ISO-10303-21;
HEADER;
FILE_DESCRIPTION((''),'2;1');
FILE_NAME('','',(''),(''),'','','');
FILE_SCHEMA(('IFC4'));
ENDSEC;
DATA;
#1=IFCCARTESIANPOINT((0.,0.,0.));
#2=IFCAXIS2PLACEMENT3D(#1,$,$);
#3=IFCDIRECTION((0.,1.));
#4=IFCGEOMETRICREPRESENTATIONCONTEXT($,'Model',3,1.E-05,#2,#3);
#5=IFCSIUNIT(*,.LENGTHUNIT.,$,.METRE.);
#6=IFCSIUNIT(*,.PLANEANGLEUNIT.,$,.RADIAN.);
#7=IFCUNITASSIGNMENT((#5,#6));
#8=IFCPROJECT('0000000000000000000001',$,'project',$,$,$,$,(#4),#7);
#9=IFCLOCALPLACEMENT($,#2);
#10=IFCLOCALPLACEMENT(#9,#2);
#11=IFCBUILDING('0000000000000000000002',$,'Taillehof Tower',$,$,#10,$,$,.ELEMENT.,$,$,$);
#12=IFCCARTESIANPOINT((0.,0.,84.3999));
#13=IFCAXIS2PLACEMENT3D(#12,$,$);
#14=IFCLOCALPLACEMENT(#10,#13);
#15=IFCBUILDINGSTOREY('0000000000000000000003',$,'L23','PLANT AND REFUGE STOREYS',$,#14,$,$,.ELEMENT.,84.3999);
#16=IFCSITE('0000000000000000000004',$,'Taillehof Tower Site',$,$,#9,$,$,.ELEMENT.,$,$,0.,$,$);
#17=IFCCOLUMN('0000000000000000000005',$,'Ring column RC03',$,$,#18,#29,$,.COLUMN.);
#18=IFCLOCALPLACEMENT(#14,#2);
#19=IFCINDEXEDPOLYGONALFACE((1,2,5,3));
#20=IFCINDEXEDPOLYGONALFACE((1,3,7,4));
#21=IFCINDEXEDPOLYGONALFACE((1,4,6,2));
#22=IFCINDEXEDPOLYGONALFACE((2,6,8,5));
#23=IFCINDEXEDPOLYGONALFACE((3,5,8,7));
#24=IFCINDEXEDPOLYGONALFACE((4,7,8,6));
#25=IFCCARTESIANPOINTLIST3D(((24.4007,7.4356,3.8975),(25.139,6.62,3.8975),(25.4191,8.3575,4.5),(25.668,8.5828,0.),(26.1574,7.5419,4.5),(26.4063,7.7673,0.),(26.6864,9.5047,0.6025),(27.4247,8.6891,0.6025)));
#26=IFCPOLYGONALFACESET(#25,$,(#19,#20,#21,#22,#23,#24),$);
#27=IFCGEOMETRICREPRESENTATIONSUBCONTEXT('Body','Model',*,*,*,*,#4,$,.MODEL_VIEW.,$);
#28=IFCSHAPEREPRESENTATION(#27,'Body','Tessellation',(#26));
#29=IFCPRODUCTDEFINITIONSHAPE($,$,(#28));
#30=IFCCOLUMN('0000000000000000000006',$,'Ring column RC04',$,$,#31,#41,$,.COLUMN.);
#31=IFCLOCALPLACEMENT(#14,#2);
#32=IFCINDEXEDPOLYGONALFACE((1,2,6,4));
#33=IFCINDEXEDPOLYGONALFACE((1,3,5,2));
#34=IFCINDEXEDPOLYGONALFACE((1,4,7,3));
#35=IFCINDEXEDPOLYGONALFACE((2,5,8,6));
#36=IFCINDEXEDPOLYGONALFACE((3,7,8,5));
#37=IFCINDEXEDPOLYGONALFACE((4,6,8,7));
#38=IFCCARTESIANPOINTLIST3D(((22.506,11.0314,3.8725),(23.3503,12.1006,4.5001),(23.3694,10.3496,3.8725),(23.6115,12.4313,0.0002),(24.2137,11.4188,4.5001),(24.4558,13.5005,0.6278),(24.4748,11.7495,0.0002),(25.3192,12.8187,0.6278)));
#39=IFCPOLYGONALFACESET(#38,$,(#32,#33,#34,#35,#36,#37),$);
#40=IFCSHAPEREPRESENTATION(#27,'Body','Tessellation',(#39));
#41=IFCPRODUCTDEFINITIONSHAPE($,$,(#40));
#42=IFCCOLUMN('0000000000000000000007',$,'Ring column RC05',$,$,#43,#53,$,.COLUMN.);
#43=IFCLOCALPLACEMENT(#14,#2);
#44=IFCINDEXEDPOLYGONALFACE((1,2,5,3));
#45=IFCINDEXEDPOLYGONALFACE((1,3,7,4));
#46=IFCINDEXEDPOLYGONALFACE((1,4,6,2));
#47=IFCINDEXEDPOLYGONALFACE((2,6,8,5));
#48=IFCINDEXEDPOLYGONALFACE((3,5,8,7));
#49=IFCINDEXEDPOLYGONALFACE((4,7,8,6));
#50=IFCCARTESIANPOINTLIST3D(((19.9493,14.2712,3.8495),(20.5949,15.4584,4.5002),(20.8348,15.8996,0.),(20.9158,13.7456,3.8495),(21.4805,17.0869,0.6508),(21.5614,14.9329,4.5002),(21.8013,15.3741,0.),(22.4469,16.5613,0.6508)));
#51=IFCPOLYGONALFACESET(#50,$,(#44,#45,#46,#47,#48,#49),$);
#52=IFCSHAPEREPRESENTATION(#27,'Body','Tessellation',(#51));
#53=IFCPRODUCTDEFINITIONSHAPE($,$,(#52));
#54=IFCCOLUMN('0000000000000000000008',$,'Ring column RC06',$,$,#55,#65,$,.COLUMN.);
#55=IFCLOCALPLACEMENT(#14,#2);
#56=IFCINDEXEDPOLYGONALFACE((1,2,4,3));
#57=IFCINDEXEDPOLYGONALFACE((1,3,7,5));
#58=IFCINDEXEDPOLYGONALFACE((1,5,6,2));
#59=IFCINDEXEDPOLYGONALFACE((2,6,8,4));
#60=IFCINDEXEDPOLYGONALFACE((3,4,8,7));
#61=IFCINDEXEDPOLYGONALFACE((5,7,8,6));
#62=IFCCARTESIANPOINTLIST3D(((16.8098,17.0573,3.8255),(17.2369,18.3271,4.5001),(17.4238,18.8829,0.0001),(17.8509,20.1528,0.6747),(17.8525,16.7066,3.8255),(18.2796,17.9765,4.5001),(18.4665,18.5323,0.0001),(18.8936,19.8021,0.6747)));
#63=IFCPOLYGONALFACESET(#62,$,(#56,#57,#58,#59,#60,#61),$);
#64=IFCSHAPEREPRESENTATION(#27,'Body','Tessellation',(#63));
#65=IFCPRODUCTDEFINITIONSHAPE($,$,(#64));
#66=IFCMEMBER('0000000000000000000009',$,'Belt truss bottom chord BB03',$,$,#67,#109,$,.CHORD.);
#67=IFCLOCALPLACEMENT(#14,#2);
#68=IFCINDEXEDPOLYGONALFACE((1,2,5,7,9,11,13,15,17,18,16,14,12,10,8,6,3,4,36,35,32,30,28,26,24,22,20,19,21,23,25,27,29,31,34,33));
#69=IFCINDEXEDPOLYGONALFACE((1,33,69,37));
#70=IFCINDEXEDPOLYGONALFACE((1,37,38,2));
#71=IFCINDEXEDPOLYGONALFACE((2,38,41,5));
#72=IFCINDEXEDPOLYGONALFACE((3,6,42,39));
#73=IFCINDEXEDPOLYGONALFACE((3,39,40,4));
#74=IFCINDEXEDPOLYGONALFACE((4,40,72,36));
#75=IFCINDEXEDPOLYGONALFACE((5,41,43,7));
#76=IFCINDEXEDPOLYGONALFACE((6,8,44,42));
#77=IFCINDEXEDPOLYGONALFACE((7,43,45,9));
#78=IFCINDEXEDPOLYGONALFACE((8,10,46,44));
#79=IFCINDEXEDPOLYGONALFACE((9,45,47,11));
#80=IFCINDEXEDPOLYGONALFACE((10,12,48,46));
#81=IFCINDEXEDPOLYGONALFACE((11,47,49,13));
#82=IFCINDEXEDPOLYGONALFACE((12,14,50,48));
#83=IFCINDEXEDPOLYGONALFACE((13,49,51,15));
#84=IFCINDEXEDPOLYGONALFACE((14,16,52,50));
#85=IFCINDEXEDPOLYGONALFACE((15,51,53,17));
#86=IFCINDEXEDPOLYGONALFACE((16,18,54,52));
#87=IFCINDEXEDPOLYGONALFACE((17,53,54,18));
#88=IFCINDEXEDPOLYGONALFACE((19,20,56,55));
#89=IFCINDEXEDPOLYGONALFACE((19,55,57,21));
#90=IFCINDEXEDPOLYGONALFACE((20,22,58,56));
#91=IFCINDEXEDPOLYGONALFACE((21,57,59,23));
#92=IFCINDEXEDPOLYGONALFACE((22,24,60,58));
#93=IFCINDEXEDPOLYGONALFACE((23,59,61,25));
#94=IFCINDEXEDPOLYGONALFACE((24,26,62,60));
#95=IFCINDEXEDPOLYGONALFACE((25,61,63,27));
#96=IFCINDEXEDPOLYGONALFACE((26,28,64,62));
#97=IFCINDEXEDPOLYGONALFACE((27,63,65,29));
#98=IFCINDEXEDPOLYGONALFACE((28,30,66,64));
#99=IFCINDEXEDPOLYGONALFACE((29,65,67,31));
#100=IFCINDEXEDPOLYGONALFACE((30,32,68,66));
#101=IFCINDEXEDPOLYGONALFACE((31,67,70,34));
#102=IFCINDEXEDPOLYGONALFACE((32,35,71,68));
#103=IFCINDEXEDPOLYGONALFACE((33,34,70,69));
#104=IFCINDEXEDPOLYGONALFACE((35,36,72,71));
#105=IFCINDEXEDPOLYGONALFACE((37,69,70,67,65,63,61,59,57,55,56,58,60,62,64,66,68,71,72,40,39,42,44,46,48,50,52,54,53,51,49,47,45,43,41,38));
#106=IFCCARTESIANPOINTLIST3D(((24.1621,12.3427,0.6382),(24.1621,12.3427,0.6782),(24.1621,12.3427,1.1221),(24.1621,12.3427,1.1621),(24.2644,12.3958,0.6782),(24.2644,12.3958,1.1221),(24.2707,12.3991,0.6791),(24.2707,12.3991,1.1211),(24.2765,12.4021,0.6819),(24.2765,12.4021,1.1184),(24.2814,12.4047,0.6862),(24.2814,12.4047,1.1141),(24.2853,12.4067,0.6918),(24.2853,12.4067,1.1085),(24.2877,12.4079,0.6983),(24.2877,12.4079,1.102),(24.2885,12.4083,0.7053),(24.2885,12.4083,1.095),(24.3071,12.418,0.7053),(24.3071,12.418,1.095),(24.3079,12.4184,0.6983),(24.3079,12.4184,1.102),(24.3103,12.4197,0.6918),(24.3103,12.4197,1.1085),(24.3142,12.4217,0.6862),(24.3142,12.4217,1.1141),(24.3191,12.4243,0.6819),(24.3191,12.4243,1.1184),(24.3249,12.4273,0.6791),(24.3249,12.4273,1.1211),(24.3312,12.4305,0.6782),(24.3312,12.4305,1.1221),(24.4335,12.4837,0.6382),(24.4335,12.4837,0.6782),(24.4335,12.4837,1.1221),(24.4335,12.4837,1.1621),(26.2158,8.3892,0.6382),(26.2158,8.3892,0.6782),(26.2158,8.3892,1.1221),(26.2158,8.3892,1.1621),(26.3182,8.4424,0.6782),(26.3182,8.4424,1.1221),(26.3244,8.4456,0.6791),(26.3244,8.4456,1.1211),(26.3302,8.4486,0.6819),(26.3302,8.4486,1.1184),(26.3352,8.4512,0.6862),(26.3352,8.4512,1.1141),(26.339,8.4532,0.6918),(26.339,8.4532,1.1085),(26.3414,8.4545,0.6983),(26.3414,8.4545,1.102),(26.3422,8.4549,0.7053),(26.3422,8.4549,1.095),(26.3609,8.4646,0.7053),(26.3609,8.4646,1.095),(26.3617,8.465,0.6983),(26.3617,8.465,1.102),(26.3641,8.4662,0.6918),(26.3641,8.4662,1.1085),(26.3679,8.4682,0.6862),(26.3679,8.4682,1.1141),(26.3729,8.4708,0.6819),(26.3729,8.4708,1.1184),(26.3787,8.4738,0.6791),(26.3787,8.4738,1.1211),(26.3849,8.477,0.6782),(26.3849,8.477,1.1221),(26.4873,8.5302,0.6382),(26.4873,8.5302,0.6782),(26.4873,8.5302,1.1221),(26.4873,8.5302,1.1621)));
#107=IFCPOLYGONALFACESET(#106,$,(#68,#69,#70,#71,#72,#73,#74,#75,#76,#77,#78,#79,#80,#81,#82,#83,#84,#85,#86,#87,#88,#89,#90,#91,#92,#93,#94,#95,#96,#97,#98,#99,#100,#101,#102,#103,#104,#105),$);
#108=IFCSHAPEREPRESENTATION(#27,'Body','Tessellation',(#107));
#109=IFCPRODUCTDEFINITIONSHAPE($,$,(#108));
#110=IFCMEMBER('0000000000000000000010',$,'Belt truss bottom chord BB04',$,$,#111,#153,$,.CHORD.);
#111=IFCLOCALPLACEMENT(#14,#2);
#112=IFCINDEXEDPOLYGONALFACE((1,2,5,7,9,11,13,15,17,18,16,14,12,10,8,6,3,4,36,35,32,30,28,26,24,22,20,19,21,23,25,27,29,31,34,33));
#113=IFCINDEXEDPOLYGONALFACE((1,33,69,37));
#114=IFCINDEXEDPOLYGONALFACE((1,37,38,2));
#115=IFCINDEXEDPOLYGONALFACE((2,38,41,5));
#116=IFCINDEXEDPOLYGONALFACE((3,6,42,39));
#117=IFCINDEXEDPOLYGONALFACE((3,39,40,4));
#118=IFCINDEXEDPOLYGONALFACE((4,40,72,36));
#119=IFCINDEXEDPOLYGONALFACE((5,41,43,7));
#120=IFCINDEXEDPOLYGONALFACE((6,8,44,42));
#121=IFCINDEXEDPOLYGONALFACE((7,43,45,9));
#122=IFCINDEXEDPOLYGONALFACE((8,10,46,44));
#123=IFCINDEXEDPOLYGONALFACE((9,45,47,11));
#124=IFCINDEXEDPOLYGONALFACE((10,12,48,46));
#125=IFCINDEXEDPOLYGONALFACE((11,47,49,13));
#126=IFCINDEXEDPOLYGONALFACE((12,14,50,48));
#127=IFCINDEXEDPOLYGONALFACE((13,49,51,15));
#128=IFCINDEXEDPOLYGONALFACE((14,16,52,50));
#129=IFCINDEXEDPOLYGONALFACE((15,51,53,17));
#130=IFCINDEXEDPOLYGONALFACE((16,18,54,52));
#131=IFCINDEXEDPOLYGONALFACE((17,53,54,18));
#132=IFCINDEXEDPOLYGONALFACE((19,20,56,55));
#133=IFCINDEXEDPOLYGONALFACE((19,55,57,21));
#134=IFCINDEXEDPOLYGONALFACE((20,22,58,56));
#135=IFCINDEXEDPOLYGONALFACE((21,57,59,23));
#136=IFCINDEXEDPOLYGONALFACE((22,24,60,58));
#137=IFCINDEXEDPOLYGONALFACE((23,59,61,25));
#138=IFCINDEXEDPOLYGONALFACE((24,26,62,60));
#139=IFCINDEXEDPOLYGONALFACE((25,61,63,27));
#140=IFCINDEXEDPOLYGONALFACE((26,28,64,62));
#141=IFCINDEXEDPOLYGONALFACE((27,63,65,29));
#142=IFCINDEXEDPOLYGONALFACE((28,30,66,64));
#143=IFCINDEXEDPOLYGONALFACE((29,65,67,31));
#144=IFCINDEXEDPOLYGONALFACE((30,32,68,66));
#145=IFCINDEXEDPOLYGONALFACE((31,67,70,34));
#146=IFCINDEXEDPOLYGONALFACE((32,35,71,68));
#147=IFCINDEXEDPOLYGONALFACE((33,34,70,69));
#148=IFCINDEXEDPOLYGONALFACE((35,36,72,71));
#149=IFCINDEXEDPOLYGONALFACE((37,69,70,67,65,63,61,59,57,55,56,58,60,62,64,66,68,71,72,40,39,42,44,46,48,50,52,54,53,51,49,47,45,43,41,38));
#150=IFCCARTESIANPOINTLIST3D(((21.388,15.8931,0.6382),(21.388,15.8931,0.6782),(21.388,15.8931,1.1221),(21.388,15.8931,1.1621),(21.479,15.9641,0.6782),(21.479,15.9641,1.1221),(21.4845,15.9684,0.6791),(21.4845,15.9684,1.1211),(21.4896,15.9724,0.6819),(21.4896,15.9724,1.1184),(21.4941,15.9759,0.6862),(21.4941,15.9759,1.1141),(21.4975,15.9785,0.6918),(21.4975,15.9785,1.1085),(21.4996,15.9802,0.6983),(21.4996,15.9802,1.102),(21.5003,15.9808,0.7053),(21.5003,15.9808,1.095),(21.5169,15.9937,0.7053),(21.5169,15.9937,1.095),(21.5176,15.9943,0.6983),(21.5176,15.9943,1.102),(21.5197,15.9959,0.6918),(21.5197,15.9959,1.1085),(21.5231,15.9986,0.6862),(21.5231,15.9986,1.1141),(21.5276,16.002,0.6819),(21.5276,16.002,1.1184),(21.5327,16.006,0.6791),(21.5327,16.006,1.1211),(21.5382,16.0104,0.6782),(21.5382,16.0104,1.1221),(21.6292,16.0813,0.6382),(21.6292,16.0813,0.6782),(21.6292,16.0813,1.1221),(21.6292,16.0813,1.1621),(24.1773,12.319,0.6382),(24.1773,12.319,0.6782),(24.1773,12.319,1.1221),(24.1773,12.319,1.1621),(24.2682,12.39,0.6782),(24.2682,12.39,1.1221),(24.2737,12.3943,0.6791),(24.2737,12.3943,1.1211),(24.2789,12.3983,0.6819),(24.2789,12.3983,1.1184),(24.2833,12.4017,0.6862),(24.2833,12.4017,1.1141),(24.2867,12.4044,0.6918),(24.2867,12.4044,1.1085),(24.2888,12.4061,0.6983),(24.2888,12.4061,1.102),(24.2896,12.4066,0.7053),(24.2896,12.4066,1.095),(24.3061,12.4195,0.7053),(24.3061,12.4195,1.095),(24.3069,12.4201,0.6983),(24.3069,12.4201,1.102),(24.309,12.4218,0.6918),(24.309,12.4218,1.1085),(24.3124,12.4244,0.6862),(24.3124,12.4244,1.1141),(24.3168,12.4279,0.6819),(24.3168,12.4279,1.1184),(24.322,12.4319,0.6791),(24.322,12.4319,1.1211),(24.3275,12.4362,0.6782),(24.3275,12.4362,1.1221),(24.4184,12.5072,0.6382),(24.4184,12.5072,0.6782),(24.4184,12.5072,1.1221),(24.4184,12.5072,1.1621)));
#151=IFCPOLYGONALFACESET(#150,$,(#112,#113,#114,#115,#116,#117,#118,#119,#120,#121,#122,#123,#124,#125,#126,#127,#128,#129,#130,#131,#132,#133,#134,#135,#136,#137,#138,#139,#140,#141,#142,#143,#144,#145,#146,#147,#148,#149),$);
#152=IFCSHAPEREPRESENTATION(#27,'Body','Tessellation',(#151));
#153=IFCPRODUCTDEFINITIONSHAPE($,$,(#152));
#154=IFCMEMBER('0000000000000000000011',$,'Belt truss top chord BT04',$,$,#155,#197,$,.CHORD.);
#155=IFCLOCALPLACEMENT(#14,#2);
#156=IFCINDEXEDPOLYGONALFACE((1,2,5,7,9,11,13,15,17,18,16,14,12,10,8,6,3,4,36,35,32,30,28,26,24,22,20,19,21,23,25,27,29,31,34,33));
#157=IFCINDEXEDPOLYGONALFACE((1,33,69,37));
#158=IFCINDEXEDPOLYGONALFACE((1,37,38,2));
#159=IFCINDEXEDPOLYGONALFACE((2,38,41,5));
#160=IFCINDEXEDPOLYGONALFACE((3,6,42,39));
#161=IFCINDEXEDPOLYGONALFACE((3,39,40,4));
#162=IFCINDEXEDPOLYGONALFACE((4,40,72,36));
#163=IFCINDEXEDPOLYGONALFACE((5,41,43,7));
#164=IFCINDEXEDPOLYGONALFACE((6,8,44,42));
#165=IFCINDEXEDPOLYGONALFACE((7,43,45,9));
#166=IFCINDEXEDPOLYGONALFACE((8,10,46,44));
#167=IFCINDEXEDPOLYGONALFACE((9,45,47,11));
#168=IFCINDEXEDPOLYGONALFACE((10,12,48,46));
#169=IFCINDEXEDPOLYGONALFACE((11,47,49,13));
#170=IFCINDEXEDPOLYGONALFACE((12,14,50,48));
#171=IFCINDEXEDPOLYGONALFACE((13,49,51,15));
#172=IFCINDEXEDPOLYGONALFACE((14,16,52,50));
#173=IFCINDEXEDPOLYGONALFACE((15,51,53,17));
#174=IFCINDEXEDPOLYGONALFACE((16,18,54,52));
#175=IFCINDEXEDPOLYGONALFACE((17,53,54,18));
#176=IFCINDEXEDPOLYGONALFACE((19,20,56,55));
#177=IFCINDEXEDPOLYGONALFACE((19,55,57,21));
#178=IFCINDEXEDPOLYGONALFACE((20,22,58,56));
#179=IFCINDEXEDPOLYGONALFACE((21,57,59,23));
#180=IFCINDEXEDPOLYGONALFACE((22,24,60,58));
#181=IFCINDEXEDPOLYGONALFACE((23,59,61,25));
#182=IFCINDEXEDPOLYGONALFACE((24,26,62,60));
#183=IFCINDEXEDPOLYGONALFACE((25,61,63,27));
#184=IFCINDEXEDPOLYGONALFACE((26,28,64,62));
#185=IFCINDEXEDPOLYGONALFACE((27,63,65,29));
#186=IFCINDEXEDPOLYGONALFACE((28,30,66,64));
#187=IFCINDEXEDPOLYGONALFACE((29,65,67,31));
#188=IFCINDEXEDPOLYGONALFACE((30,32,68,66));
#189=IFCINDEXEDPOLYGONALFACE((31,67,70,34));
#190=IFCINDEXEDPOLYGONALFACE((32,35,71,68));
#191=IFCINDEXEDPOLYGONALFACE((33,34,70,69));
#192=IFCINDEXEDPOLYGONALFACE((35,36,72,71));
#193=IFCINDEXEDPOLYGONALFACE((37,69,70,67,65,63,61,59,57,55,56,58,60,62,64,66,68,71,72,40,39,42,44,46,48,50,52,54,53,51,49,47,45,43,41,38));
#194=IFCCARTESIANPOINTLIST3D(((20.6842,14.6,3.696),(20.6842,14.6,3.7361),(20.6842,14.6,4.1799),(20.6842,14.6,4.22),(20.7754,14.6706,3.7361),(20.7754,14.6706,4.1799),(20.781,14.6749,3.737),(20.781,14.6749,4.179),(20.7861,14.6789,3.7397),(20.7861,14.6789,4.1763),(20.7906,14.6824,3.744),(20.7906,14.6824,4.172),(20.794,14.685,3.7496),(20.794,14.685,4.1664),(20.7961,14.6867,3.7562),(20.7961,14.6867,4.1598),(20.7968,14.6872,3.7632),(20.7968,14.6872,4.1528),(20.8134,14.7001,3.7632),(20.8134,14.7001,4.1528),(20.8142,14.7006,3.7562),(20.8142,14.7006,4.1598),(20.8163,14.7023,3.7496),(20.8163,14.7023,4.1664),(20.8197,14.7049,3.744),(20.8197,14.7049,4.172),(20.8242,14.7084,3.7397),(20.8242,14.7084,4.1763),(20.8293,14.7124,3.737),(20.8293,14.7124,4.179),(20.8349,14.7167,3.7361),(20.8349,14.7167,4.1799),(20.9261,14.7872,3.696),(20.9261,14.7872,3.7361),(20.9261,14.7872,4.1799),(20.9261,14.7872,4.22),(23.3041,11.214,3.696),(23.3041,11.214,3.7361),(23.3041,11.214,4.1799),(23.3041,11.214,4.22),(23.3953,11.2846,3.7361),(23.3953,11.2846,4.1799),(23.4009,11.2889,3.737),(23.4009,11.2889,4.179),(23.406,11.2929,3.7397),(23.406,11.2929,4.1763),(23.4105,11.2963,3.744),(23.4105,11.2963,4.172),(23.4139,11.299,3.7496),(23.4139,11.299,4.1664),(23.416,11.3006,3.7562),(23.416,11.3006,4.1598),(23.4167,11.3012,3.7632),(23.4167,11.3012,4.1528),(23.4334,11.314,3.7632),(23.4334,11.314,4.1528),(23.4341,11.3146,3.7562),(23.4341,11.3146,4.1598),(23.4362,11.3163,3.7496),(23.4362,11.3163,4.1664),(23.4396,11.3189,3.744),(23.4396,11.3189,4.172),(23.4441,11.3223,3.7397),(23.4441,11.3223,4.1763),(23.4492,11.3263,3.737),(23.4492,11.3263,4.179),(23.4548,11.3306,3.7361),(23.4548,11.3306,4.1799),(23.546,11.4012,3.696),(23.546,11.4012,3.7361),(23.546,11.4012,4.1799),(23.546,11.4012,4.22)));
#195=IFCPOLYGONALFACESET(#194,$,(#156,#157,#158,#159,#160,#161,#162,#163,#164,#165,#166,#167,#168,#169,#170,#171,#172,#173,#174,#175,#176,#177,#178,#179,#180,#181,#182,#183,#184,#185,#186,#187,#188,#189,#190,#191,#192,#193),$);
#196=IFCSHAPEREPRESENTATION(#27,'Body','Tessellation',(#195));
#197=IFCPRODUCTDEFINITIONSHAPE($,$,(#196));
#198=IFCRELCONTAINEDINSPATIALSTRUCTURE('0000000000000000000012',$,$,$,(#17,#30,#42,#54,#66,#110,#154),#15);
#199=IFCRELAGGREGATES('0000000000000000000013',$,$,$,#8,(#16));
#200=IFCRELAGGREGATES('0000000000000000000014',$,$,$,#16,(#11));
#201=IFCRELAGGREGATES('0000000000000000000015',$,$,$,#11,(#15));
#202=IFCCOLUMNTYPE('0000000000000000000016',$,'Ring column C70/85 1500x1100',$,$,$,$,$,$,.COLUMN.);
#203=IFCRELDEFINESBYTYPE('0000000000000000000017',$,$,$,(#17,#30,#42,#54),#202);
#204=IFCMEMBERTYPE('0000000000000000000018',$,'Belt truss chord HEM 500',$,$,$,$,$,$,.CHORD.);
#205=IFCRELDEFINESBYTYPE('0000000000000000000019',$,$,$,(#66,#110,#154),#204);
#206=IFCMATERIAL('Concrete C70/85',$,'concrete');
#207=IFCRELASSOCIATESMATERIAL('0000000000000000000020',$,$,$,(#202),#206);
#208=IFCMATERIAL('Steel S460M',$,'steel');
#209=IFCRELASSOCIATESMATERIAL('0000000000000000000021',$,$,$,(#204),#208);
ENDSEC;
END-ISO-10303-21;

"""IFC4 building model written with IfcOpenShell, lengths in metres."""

from ifc_helpers import new_model, si_unit, direction, frame, origin, origin_2d, place, context, subcontext, project, spatial, rectangle, i_section, extrude, material, material_profile, profile_set, type_object, element, save


model = new_model("IFC4")

# Units and contexts
model_context = context("Model", 3, precision=1e-05, world=origin(), true_north=direction((0.0, 1.0)))
body_context = subcontext(model_context, "Body", "Model", "MODEL_VIEW")
ifc_project = project(units=[si_unit("LENGTHUNIT", "METRE"), si_unit("PLANEANGLEUNIT", "RADIAN")], contexts=[model_context])

# Site, building, storey
site_placement = place(None, origin())
site = spatial("IfcSite", under=ifc_project, at=site_placement, Name="Taillehof Tower Site", CompositionType="ELEMENT", RefElevation=0.0)
building_placement = place(site_placement, origin())
building = spatial("IfcBuilding", under=site, at=building_placement, Name="Taillehof Tower", CompositionType="ELEMENT")
storey_placement = place(building_placement, frame((0.0, 0.0, 84.3999)))
storey = spatial("IfcBuildingStorey", under=building, at=storey_placement, Name="L23", Description="PLANT AND REFUGE STOREYS", CompositionType="ELEMENT", Elevation=84.3999)

# Columns
ifc_material_1 = material(Name="Concrete C70/85", Category="concrete")
ifc_material_profile_1 = material_profile(ifc_material_1, rectangle(XDim=1.5, YDim=1.1001, at=origin_2d()), Name="RC 1500x1100")
ifc_profile_set_1 = profile_set([ifc_material_profile_1], Name="Concrete C70/85")
column_type = type_object("IfcColumnType", Name="Ring column C70/85 1500x1100", PredefinedType="COLUMN", material=ifc_profile_set_1)
column_1_placement = place(storey_placement, frame((26.5464, 8.636, 0.3013), z_axis=(-0.297785, -0.269561, 0.915784), x_axis=(0.678932, 0.614583, 0.40167)))
element("IfcColumn", 1, at=column_1_placement, inside=storey, type_object=column_type, Name="Ring column RC03", PredefinedType="COLUMN", context=body_context, shape_type="SweptSolid", body=[
    extrude(rectangle(XDim=1.5, YDim=1.1001, at=origin_2d()), origin(), (0.0, 0.0, 1.0), 4.2559),
])
column_2_placement = place(storey_placement, frame((24.4653, 12.625, 0.314), z_axis=(-0.259293, -0.328353, 0.908268), x_axis=(0.562892, 0.712814, 0.418388)))
element("IfcColumn", 2, at=column_2_placement, inside=storey, type_object=column_type, Name="Ring column RC04", PredefinedType="COLUMN", context=body_context, shape_type="SweptSolid", body=[
    extrude(rectangle(XDim=1.5, YDim=1.1001, at=origin_2d()), origin(), (0.0, 0.0, 1.0), 4.2634),
])
column_3_placement = place(storey_placement, frame((21.6409, 16.2305, 0.3254), z_axis=(-0.20726, -0.381148, 0.900983), x_axis=(0.430414, 0.791526, 0.433855)))
element("IfcColumn", 3, at=column_3_placement, inside=storey, type_object=column_type, Name="Ring column RC05", PredefinedType="COLUMN", context=body_context, shape_type="SweptSolid", body=[
    extrude(rectangle(XDim=1.5, YDim=1.1001, at=origin_2d()), origin(), (0.0, 0.0, 1.0), 4.2725),
])
column_4_placement = place(storey_placement, frame((18.1587, 19.3425, 0.3374), z_axis=(-0.143361, -0.426262, 0.893167), x_axis=(0.284719, 0.846571, 0.449724)))
element("IfcColumn", 4, at=column_4_placement, inside=storey, type_object=column_type, Name="Ring column RC06", PredefinedType="COLUMN", context=body_context, shape_type="SweptSolid", body=[
    extrude(rectangle(XDim=1.5, YDim=1.1001, at=origin_2d()), origin(), (0.0, 0.0, 1.0), 4.283),
])

# Members
ifc_material_2 = material(Name="Steel S460M", Category="steel")
ifc_material_profile_2 = material_profile(ifc_material_2, i_section(OverallWidth=0.3059, OverallDepth=0.5239, WebThickness=0.021, FlangeThickness=0.04, FilletRadius=0.0271, at=origin_2d()), Name="HEM 500")
ifc_profile_set_2 = profile_set([ifc_material_profile_2], Name="Steel S460M")
member_type_1 = type_object("IfcMemberType", Name="Belt truss chord HEM 500", PredefinedType="CHORD", material=ifc_profile_set_2)
member_1_placement = place(storey_placement, frame((26.3516, 8.4597, 0.9001), z_axis=(-0.460992, 0.887404, 0.0), x_axis=(-0.887404, -0.460992, 0.0)))
element("IfcMember", 5, at=member_1_placement, inside=storey, type_object=member_type_1, Name="Belt truss bottom chord BB03", PredefinedType="CHORD", context=body_context, shape_type="SweptSolid", body=[
    extrude(i_section(OverallWidth=0.3059, OverallDepth=0.5239, WebThickness=0.021, FlangeThickness=0.04, FilletRadius=0.0271, at=origin_2d()), origin(), (0.0, 0.0, 1.0), 4.4551),
])
member_2_placement = place(storey_placement, frame((24.2979, 12.4131, 0.9001), z_axis=(-0.615226, 0.788351, 0.0), x_axis=(-0.788351, -0.615226, 0.0)))
element("IfcMember", 6, at=member_2_placement, inside=storey, type_object=member_type_1, Name="Belt truss bottom chord BB04", PredefinedType="CHORD", context=body_context, shape_type="SweptSolid", body=[
    extrude(i_section(OverallWidth=0.3059, OverallDepth=0.5239, WebThickness=0.021, FlangeThickness=0.04, FilletRadius=0.0271, at=origin_2d()), origin(), (0.0, 0.0, 1.0), 4.5337),
])
member_3_placement = place(storey_placement, frame((23.425, 11.3076, 3.958), z_axis=(-0.611949, 0.790897, 0.0), x_axis=(-0.790897, -0.611949, 0.0)))
element("IfcMember", 7, at=member_3_placement, inside=storey, type_object=member_type_1, Name="Belt truss top chord BT04", PredefinedType="CHORD", context=body_context, shape_type="SweptSolid", body=[
    extrude(i_section(OverallWidth=0.3059, OverallDepth=0.5239, WebThickness=0.021, FlangeThickness=0.04, FilletRadius=0.0271, at=origin_2d()), origin(), (0.0, 0.0, 1.0), 4.2812),
])

save(model, "model.ifc")
